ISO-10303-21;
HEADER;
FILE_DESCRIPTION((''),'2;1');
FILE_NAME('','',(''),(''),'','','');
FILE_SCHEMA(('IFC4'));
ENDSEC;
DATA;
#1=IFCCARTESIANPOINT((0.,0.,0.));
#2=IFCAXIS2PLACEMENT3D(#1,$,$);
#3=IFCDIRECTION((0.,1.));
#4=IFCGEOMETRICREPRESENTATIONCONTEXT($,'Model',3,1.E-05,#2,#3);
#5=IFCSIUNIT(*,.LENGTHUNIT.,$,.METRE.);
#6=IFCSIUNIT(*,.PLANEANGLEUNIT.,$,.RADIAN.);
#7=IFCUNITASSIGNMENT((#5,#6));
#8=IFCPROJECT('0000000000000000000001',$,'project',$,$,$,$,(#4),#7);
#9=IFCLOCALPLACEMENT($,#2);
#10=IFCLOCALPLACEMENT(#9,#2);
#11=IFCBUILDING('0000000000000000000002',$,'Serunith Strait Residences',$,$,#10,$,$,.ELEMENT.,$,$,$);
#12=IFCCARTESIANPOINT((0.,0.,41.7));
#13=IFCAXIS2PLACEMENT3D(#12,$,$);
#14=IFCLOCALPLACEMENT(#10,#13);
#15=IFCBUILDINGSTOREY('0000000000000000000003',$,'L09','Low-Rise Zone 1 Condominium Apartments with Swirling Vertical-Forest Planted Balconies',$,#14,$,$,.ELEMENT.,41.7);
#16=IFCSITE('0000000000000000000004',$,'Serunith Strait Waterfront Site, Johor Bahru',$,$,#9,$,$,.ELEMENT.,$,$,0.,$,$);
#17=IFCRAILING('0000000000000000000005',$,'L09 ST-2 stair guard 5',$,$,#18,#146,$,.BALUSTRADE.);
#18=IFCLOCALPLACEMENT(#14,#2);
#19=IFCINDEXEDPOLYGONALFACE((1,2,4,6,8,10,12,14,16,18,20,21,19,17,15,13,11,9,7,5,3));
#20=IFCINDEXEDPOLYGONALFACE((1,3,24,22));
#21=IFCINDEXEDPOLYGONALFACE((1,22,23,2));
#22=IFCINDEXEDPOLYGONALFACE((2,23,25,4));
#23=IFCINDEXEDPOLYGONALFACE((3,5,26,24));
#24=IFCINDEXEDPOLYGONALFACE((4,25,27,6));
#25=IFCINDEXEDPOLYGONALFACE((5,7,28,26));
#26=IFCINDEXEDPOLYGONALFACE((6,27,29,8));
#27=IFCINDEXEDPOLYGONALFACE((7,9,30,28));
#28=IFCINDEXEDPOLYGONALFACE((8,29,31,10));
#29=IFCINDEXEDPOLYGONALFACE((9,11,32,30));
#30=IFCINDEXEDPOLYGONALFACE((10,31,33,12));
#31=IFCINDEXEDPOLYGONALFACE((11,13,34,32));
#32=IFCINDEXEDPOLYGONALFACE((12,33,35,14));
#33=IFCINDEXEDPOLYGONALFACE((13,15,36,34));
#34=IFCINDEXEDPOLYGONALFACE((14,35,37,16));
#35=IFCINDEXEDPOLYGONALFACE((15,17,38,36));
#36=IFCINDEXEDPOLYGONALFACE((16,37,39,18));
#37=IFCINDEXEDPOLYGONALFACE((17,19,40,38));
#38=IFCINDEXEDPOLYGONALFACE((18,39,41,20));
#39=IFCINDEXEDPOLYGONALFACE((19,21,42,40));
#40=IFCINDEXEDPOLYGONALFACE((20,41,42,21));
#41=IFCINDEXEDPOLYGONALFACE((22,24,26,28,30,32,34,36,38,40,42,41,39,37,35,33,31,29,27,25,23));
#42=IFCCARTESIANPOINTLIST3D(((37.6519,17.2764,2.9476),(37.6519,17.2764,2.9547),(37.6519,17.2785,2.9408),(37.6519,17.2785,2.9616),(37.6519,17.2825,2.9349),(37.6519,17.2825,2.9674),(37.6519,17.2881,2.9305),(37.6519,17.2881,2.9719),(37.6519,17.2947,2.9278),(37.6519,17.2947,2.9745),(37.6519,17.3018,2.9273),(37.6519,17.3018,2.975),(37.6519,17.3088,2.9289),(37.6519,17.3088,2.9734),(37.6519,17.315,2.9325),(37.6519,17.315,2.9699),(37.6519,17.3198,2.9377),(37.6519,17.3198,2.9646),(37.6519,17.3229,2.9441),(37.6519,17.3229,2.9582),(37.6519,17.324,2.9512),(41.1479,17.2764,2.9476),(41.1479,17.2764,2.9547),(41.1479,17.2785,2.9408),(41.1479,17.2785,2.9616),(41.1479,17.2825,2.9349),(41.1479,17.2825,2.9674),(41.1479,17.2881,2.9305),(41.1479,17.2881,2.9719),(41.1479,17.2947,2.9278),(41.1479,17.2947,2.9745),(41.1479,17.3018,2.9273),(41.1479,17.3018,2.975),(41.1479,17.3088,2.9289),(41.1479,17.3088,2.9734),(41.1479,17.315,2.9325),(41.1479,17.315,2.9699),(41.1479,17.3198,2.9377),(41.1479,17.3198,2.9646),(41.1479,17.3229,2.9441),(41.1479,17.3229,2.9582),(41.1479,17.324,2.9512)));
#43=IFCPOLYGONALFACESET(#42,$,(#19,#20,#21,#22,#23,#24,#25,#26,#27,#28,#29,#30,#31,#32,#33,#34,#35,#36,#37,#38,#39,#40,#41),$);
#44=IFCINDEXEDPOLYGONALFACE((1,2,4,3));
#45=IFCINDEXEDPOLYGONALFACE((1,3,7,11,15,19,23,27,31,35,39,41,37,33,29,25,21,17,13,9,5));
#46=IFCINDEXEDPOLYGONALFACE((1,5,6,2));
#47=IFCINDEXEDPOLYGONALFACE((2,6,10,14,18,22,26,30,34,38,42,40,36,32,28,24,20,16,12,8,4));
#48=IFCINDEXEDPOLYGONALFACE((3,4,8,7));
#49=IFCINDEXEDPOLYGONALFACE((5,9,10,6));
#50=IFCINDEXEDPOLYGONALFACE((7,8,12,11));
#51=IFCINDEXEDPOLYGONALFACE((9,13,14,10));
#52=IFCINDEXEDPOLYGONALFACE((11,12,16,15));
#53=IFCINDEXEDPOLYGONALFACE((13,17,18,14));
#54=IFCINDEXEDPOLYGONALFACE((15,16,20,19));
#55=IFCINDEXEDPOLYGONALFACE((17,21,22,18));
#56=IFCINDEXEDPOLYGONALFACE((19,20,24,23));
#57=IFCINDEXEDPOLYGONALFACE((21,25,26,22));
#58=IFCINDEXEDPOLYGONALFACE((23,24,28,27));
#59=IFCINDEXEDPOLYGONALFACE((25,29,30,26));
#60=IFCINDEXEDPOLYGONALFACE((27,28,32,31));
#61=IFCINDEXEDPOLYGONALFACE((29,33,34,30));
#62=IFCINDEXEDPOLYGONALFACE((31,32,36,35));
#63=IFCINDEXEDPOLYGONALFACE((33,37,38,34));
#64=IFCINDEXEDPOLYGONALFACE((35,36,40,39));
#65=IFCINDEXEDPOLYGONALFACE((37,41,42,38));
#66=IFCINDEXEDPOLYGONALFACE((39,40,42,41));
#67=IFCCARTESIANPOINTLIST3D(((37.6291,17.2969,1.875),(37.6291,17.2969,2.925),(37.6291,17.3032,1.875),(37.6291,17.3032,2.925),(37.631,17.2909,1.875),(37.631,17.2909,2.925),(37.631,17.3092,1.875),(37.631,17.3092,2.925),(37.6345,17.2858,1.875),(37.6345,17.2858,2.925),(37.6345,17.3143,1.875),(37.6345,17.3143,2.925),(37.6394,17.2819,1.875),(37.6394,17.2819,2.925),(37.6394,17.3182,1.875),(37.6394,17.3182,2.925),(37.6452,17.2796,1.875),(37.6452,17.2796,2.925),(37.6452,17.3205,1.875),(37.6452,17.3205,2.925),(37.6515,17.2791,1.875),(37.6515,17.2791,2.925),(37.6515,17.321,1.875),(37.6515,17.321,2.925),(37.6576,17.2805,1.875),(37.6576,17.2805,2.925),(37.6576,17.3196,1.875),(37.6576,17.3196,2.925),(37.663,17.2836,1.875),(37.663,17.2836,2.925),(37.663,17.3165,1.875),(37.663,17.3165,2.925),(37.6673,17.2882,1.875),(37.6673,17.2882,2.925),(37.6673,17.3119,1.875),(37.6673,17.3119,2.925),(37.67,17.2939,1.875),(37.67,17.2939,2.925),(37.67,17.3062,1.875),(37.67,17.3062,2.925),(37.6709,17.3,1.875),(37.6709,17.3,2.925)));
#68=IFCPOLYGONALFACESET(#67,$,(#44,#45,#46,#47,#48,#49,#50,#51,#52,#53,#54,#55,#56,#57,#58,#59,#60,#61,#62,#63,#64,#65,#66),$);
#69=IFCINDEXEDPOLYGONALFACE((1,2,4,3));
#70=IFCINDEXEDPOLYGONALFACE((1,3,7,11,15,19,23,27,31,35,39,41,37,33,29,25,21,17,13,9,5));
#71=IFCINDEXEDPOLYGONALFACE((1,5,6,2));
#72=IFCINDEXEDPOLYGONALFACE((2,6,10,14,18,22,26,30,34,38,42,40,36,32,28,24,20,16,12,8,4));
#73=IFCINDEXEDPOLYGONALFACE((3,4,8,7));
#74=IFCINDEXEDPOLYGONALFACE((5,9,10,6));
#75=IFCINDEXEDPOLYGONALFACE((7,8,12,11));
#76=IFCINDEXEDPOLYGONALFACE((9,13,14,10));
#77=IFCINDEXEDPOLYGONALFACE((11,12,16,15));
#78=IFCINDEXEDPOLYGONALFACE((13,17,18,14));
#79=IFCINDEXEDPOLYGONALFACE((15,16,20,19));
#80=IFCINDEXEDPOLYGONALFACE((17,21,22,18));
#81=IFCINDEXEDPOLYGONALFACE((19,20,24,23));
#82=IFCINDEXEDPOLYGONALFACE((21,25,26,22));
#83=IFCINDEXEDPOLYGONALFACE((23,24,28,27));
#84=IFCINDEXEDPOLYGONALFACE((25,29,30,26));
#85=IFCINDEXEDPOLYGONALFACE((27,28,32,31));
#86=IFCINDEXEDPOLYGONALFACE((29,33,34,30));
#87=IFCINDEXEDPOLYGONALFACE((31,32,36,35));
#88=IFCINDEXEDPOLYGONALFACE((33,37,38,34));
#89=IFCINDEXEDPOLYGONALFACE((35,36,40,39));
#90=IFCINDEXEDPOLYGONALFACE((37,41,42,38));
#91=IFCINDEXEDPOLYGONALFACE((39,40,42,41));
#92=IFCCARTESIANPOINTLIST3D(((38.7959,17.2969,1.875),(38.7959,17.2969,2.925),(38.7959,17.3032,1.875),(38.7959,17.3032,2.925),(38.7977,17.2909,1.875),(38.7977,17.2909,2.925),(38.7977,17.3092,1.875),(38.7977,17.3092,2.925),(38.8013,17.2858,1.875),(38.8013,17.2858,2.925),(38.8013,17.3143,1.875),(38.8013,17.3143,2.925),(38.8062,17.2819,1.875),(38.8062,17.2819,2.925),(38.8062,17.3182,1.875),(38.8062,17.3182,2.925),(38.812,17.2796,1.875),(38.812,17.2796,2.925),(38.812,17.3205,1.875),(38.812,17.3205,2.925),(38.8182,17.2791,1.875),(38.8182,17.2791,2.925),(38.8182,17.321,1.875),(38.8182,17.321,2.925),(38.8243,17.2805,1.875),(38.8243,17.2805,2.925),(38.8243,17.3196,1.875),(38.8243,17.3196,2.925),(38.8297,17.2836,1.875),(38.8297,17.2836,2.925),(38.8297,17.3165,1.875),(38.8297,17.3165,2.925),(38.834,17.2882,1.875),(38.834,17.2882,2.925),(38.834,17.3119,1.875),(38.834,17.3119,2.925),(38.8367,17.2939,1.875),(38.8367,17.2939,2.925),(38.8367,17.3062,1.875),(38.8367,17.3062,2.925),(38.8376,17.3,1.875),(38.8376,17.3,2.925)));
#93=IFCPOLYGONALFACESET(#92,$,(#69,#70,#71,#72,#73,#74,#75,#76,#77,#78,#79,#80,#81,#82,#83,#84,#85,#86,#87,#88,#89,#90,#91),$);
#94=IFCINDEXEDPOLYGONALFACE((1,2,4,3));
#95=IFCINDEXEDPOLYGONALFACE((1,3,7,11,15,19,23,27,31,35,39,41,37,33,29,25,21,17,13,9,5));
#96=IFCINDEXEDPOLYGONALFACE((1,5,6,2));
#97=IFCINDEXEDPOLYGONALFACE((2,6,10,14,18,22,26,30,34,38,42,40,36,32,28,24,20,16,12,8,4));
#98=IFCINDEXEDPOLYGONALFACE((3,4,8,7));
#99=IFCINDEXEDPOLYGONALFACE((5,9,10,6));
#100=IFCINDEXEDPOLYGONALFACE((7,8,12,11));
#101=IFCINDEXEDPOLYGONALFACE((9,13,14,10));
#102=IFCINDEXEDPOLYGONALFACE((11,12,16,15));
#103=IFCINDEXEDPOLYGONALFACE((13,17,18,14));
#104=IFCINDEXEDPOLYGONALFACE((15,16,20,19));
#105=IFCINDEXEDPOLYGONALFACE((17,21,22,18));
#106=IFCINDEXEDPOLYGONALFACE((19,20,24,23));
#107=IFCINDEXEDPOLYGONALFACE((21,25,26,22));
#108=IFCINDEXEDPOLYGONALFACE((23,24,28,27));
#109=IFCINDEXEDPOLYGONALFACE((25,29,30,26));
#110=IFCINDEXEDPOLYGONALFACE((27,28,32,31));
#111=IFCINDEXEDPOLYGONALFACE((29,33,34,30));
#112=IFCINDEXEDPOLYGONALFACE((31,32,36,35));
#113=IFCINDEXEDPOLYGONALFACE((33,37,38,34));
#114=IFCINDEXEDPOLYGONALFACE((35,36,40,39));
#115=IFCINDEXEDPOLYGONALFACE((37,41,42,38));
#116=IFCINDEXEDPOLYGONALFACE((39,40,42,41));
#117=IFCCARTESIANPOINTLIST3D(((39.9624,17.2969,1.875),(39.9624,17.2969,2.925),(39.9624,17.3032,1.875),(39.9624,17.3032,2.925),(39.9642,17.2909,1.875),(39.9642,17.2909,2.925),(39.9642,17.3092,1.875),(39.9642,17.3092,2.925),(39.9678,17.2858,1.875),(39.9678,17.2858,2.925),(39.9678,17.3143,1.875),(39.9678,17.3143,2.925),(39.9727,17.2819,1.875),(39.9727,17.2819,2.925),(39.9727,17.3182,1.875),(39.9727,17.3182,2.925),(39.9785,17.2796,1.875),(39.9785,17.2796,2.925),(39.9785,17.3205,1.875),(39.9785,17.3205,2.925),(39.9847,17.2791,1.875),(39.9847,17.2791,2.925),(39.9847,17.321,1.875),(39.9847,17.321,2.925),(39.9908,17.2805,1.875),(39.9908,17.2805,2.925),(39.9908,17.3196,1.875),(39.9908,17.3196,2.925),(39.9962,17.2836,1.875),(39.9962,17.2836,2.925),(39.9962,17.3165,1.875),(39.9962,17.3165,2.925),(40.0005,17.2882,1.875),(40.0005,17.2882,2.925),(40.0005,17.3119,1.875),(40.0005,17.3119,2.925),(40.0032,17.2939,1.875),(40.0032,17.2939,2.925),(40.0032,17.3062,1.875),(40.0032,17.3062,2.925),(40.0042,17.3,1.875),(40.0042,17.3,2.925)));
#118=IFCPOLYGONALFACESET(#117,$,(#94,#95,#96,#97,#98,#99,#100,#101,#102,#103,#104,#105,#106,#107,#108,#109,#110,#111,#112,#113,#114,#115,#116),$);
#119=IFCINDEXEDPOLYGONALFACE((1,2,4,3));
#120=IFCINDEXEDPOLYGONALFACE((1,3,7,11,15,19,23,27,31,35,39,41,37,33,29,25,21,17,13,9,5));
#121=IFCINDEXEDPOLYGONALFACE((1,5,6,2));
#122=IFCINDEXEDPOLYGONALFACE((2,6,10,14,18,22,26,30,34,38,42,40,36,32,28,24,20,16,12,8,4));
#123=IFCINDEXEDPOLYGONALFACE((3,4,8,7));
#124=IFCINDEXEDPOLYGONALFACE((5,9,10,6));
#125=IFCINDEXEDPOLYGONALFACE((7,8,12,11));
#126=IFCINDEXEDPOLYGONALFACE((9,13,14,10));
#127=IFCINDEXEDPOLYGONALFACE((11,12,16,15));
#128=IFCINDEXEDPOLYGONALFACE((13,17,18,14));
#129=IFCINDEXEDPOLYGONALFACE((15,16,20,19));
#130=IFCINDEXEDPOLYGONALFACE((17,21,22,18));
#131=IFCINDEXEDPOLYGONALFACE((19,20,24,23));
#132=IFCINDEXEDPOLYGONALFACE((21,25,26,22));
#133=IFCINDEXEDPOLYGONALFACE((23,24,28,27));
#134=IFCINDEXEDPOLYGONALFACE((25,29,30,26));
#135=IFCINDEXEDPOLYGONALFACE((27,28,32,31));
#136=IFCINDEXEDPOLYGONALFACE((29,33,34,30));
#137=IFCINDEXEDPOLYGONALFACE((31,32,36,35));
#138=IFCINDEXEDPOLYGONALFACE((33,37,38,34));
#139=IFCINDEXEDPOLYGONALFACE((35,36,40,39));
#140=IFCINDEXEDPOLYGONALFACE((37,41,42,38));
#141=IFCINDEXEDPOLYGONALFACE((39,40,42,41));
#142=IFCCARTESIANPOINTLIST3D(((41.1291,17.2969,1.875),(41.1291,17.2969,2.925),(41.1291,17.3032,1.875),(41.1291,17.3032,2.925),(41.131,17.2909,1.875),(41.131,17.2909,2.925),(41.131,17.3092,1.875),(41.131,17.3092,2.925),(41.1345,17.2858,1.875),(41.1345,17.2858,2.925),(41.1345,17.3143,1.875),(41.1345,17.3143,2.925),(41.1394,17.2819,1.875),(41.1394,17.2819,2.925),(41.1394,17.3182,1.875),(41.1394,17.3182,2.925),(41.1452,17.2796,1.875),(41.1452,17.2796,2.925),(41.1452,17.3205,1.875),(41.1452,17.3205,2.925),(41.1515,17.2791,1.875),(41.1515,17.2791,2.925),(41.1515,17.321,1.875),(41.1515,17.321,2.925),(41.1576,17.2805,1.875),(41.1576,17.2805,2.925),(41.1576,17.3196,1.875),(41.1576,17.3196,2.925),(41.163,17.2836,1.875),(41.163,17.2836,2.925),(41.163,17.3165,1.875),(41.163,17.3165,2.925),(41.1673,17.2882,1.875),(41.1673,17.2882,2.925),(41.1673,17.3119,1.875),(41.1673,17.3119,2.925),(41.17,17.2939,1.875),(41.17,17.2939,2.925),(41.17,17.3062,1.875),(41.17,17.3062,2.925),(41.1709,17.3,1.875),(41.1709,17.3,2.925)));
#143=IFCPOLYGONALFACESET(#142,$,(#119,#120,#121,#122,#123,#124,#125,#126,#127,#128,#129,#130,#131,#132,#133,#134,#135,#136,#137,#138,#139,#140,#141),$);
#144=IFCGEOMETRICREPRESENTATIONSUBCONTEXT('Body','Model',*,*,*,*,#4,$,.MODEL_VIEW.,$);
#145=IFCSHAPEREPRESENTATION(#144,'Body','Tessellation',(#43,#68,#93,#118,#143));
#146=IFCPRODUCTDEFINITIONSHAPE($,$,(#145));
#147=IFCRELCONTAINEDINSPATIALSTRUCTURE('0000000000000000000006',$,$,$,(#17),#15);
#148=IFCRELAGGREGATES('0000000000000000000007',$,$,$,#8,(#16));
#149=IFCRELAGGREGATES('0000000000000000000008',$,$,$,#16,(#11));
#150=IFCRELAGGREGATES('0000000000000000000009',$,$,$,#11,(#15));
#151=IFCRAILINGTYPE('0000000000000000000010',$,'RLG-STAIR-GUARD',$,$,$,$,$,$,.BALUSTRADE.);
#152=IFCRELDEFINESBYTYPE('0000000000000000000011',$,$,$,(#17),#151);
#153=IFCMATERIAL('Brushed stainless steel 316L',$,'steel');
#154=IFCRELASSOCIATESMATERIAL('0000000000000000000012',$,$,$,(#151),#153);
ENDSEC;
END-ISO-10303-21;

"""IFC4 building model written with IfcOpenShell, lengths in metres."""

from ifc_helpers import new_model, si_unit, direction, frame, origin, origin_2d, place, context, subcontext, project, spatial, circle, extrude, material, type_object, element, save


model = new_model("IFC4")

# Units and contexts
model_context = context("Model", 3, precision=1e-05, world=origin(), true_north=direction((0.0, 1.0)))
body_context = subcontext(model_context, "Body", "Model", "MODEL_VIEW")
ifc_project = project(units=[si_unit("LENGTHUNIT", "METRE"), si_unit("PLANEANGLEUNIT", "RADIAN")], contexts=[model_context])

# Site, building, storey
site_placement = place(None, origin())
site = spatial("IfcSite", under=ifc_project, at=site_placement, Name="Serunith Strait Waterfront Site, Johor Bahru", CompositionType="ELEMENT", RefElevation=0.0)
building_placement = place(site_placement, origin())
building = spatial("IfcBuilding", under=site, at=building_placement, Name="Serunith Strait Residences", CompositionType="ELEMENT")
storey_placement = place(building_placement, frame((0.0, 0.0, 41.7)))
storey = spatial("IfcBuildingStorey", under=building, at=storey_placement, Name="L09", Description="Low-Rise Zone 1 Condominium Apartments with Swirling Vertical-Forest Planted Balconies", CompositionType="ELEMENT", Elevation=41.7)

# Railing
ifc_material_1 = material(Name="Brushed stainless steel 316L", Category="steel")
railing_type_1 = type_object("IfcRailingType", Name="RLG-STAIR-GUARD", PredefinedType="BALUSTRADE", material=ifc_material_1)
railing_1_placement = place(storey_placement, frame((37.6499, 17.3, 1.875)))
element("IfcRailing", 1, at=railing_1_placement, inside=storey, type_object=railing_type_1, Name="L09 ST-2 stair guard 5", PredefinedType="BALUSTRADE", context=body_context, shape_type="SweptSolid", body=[
    extrude(circle(Radius=0.0239, at=origin_2d()), frame((0.002, 0.0, 1.0762), z_axis=(1.0, 0.0, 0.0), x_axis=(0.0, 1.0, 0.0)), (0.0, 0.0, 1.0), 3.4961),
    extrude(circle(Radius=0.021, at=origin_2d()), origin(), (0.0, 0.0, 1.0), 1.05),
    extrude(circle(Radius=0.021, at=origin_2d()), frame((1.1667, 0.0, 0.0)), (0.0, 0.0, 1.0), 1.05),
    extrude(circle(Radius=0.021, at=origin_2d()), frame((2.3333, 0.0, 0.0)), (0.0, 0.0, 1.0), 1.05),
    extrude(circle(Radius=0.021, at=origin_2d()), frame((3.5, 0.0, 0.0)), (0.0, 0.0, 1.0), 1.05),
])

save(model, "model.ifc")
